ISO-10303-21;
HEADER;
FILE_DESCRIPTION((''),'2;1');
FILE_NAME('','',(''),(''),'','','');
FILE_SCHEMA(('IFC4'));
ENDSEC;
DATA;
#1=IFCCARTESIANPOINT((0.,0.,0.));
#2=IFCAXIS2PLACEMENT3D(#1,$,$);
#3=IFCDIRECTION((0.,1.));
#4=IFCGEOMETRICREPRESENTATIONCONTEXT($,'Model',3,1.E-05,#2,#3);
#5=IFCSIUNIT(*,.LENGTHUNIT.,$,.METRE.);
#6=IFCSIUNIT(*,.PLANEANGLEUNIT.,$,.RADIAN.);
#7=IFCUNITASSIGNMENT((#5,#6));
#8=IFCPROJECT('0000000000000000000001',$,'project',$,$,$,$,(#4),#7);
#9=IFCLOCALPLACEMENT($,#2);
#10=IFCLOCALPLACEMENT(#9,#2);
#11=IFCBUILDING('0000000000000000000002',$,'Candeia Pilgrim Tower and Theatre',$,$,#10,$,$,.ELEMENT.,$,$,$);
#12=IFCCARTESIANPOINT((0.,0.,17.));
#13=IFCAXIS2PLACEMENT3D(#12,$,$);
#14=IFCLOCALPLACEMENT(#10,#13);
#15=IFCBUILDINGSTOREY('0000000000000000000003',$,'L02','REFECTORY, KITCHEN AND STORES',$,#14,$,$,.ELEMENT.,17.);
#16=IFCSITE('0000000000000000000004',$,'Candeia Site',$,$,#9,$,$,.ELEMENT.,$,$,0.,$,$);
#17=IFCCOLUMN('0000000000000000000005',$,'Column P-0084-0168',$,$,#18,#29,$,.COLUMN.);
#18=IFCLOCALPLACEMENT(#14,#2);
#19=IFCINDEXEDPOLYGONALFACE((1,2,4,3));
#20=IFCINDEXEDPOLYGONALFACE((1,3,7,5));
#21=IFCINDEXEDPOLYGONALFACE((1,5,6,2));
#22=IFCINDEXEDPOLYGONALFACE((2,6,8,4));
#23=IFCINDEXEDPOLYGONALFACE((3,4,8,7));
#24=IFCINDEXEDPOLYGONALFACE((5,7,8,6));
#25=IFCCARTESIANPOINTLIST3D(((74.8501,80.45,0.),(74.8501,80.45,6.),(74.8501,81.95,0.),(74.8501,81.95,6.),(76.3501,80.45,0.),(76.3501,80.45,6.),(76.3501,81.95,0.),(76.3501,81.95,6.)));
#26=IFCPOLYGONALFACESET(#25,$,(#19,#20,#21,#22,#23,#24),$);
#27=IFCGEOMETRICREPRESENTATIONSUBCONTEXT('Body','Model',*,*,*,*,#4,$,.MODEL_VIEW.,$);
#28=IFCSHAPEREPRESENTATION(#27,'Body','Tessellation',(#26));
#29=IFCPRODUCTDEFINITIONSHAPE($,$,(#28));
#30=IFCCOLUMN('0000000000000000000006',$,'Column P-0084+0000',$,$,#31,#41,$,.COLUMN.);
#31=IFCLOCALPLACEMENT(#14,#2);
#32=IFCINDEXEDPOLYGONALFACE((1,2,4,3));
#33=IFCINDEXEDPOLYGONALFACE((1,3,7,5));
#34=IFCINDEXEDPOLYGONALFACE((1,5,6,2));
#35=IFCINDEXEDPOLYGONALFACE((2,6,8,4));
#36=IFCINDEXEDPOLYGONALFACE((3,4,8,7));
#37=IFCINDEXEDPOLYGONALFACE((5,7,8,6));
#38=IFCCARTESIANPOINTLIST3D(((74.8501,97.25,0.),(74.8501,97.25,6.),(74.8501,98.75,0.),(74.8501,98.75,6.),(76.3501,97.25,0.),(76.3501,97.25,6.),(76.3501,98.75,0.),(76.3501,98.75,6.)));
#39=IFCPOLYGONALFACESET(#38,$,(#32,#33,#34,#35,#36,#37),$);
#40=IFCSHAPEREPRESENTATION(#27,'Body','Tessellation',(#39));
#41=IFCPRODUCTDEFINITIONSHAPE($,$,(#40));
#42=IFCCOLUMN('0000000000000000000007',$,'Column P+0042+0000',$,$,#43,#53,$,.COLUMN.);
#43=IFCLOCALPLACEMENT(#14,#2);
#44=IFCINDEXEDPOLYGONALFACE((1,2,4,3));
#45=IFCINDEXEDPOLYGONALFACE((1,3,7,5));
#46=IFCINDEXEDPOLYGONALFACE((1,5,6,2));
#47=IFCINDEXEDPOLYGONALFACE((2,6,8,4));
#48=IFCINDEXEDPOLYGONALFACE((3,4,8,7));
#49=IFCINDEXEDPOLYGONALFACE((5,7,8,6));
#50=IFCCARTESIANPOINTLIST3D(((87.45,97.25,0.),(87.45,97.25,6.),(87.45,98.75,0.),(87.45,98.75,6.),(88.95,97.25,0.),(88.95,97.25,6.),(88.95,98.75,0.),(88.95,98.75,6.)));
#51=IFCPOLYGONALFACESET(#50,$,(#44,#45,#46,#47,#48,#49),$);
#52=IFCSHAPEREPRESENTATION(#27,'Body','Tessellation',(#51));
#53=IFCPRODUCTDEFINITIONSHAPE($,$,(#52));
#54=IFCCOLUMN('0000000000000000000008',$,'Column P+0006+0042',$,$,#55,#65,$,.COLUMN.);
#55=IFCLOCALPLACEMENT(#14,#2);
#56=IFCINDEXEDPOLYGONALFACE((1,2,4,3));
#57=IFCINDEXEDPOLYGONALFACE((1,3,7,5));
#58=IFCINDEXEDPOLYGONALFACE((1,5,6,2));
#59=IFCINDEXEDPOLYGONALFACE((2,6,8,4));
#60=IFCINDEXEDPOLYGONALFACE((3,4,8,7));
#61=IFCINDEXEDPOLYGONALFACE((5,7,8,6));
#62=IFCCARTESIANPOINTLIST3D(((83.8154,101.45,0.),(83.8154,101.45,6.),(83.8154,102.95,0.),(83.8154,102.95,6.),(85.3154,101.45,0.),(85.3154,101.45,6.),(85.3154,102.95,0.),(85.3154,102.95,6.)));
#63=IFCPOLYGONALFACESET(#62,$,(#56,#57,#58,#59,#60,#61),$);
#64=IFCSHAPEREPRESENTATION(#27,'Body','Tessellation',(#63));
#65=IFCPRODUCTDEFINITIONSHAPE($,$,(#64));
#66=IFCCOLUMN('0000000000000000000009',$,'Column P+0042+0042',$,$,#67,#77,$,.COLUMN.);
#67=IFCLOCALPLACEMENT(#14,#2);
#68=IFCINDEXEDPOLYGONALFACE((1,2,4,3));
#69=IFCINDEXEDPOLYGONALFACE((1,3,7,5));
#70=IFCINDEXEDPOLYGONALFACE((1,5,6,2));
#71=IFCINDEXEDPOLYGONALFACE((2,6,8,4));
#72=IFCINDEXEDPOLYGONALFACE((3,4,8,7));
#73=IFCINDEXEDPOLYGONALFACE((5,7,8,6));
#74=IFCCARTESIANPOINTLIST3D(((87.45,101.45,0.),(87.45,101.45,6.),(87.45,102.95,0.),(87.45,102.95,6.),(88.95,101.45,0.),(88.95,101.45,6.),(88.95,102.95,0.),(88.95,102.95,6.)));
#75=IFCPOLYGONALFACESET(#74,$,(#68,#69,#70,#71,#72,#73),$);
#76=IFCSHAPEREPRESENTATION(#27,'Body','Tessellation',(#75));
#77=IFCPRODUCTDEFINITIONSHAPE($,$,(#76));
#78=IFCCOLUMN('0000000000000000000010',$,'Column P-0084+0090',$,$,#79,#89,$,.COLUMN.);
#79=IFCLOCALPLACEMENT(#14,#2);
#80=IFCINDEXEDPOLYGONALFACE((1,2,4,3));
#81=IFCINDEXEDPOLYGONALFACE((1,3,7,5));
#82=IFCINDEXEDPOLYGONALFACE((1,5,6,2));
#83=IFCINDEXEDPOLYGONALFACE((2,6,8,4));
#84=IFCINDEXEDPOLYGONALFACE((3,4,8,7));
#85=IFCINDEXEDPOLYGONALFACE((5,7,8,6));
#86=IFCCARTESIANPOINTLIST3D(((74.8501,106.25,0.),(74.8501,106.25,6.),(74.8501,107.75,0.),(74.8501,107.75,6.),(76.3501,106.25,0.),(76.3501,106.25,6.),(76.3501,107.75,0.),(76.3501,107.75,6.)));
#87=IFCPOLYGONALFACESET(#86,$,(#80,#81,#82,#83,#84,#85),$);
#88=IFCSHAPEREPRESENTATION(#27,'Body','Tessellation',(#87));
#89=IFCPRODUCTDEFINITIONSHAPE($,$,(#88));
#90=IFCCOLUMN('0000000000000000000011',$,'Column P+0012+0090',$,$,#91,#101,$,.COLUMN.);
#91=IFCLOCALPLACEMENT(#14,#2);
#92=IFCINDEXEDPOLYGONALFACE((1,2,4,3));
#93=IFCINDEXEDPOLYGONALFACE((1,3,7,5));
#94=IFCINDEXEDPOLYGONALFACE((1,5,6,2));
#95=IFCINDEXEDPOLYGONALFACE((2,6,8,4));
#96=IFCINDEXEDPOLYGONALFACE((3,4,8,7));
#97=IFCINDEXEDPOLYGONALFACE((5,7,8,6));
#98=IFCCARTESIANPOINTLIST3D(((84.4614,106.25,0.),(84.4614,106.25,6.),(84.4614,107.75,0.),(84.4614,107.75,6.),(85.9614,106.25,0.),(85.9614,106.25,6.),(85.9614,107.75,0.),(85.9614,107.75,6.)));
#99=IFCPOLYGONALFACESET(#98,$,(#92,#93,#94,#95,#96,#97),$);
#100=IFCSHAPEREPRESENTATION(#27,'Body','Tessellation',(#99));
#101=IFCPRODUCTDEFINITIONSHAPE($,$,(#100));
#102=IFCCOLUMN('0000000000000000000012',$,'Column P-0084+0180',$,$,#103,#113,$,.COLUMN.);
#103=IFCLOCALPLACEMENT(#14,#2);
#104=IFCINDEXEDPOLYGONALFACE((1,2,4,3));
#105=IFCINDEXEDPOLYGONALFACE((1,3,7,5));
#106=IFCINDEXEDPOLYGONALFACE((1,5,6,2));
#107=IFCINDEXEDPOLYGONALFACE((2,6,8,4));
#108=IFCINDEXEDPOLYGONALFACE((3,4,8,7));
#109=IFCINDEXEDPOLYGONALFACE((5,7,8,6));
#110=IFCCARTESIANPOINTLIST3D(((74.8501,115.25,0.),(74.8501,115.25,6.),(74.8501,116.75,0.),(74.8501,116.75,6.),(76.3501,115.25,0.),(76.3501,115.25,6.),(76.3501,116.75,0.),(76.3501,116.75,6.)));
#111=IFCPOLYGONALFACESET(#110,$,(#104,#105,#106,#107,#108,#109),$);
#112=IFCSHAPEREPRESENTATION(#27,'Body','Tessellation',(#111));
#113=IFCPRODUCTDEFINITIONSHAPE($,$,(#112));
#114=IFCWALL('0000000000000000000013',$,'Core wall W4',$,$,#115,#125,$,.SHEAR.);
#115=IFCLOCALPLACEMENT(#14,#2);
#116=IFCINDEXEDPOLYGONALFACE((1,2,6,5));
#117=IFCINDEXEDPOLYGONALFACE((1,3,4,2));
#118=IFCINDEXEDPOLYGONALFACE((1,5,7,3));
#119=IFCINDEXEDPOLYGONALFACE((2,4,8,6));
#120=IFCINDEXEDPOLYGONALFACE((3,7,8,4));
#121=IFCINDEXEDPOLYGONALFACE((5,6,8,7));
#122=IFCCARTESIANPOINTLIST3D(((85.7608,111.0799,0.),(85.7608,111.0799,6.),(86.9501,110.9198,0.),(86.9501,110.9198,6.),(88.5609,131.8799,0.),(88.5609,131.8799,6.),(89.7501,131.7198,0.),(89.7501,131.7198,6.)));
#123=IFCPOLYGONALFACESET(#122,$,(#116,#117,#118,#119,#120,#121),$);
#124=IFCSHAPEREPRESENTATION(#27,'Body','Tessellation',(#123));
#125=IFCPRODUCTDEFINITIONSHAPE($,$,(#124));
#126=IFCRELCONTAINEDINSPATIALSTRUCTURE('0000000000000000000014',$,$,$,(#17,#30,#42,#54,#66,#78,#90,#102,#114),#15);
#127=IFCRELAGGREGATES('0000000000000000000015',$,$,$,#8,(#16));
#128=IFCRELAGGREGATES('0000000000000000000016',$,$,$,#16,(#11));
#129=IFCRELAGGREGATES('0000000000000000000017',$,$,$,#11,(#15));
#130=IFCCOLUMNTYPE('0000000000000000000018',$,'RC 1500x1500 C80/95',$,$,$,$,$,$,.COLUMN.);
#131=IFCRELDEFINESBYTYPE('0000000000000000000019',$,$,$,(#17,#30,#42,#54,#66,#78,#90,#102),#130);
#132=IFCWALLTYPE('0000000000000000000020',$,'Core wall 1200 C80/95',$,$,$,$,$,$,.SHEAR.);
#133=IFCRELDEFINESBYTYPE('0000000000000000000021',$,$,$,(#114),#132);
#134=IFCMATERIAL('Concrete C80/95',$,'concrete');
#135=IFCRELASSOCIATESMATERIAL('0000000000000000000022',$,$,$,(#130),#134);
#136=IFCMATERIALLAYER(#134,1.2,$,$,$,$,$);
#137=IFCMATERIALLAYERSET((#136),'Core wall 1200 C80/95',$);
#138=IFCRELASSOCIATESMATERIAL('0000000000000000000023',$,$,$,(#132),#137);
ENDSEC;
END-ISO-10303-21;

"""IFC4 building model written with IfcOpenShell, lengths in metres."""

from ifc_helpers import new_model, si_unit, direction, frame, frame_2d, origin, origin_2d, place, context, subcontext, project, spatial, rectangle, extrude, material, layer, layer_set, material_profile, profile_set, type_object, element, save


model = new_model("IFC4")

# Units and contexts
model_context = context("Model", 3, precision=1e-05, world=origin(), true_north=direction((0.0, 1.0)))
body_context = subcontext(model_context, "Body", "Model", "MODEL_VIEW")
ifc_project = project(units=[si_unit("LENGTHUNIT", "METRE"), si_unit("PLANEANGLEUNIT", "RADIAN")], contexts=[model_context])

# Site, building, storey
site_placement = place(None, origin())
site = spatial("IfcSite", under=ifc_project, at=site_placement, Name="Candeia Site", CompositionType="ELEMENT", RefElevation=0.0)
building_placement = place(site_placement, origin())
building = spatial("IfcBuilding", under=site, at=building_placement, Name="Candeia Pilgrim Tower and Theatre", CompositionType="ELEMENT")
storey_placement = place(building_placement, frame((0.0, 0.0, 17.0)))
storey = spatial("IfcBuildingStorey", under=building, at=storey_placement, Name="L02", Description="REFECTORY, KITCHEN AND STORES", CompositionType="ELEMENT", Elevation=17.0)

# Columns
ifc_material_1 = material(Name="Concrete C80/95", Category="concrete")
ifc_material_profile = material_profile(ifc_material_1, rectangle(XDim=1.5, YDim=1.5, at=origin_2d()))
ifc_profile_set = profile_set([ifc_material_profile], Name="Concrete C80/95")
column_type = type_object("IfcColumnType", Name="RC 1500x1500 C80/95", PredefinedType="COLUMN", material=ifc_profile_set)
for number, where, z_axis, x_axis, name in (
    (1, (75.6001, 81.2, 0.0), (0.0, 0.0, 1.0), (1.0, 0.0, 0.0), "Column P-0084-0168"),
    (2, (75.6001, 98.0, 0.0), (0.0, 0.0, 1.0), (1.0, 0.0, 0.0), "Column P-0084+0000"),
    (3, (88.2, 98.0, 0.0), (0.0, 0.0, 1.0), (1.0, 0.0, 0.0), "Column P+0042+0000"),
    (4, (84.5654, 102.2, 0.0), (0.0, 0.0, 1.0), (1.0, 0.0, 0.0), "Column P+0006+0042"),
    (5, (88.2, 102.2, 0.0), (0.0, 0.0, 1.0), (1.0, 0.0, 0.0), "Column P+0042+0042"),
    (6, (75.6001, 107.0, 0.0), (0.0, 0.0, 1.0), (1.0, 0.0, 0.0), "Column P-0084+0090"),
    (7, (85.2114, 107.0, 0.0), (0.0, 0.0, 1.0), (1.0, 0.0, 0.0), "Column P+0012+0090"),
    (8, (75.6001, 116.0, 0.0), (0.0, 0.0, 1.0), (1.0, 0.0, 0.0), "Column P-0084+0180"),
):
    element("IfcColumn", number, at=place(storey_placement, frame(where, z_axis=z_axis, x_axis=x_axis)), inside=storey, type_object=column_type, Name=name, PredefinedType="COLUMN", context=body_context, shape_type="SweptSolid", body=[
        extrude(rectangle(XDim=1.5, YDim=1.5, at=origin_2d()), origin(), (0.0, 0.0, 1.0), 6.0),
    ])

# Wall
ifc_layer_1 = layer(ifc_material_1, 1.2)
ifc_layer_set_1 = layer_set([ifc_layer_1], Name="Core wall 1200 C80/95")
wall_type_1 = type_object("IfcWallType", Name="Core wall 1200 C80/95", PredefinedType="SHEAR", material=ifc_layer_set_1)
wall_1_placement = place(storey_placement, frame((86.3555, 111.0, 0.0), z_axis=(0.0, 0.0, 1.0), x_axis=(0.133414, 0.99106, 0.0)))
element("IfcWall", 9, at=wall_1_placement, inside=storey, type_object=wall_type_1, Name="Core wall W4", PredefinedType="SHEAR", context=body_context, shape_type="SweptSolid", body=[
    extrude(rectangle(XDim=20.9875, YDim=1.2, at=frame_2d((10.4937, 0.0))), origin(), (0.0, 0.0, 1.0), 6.0),
])

save(model, "model.ifc")
